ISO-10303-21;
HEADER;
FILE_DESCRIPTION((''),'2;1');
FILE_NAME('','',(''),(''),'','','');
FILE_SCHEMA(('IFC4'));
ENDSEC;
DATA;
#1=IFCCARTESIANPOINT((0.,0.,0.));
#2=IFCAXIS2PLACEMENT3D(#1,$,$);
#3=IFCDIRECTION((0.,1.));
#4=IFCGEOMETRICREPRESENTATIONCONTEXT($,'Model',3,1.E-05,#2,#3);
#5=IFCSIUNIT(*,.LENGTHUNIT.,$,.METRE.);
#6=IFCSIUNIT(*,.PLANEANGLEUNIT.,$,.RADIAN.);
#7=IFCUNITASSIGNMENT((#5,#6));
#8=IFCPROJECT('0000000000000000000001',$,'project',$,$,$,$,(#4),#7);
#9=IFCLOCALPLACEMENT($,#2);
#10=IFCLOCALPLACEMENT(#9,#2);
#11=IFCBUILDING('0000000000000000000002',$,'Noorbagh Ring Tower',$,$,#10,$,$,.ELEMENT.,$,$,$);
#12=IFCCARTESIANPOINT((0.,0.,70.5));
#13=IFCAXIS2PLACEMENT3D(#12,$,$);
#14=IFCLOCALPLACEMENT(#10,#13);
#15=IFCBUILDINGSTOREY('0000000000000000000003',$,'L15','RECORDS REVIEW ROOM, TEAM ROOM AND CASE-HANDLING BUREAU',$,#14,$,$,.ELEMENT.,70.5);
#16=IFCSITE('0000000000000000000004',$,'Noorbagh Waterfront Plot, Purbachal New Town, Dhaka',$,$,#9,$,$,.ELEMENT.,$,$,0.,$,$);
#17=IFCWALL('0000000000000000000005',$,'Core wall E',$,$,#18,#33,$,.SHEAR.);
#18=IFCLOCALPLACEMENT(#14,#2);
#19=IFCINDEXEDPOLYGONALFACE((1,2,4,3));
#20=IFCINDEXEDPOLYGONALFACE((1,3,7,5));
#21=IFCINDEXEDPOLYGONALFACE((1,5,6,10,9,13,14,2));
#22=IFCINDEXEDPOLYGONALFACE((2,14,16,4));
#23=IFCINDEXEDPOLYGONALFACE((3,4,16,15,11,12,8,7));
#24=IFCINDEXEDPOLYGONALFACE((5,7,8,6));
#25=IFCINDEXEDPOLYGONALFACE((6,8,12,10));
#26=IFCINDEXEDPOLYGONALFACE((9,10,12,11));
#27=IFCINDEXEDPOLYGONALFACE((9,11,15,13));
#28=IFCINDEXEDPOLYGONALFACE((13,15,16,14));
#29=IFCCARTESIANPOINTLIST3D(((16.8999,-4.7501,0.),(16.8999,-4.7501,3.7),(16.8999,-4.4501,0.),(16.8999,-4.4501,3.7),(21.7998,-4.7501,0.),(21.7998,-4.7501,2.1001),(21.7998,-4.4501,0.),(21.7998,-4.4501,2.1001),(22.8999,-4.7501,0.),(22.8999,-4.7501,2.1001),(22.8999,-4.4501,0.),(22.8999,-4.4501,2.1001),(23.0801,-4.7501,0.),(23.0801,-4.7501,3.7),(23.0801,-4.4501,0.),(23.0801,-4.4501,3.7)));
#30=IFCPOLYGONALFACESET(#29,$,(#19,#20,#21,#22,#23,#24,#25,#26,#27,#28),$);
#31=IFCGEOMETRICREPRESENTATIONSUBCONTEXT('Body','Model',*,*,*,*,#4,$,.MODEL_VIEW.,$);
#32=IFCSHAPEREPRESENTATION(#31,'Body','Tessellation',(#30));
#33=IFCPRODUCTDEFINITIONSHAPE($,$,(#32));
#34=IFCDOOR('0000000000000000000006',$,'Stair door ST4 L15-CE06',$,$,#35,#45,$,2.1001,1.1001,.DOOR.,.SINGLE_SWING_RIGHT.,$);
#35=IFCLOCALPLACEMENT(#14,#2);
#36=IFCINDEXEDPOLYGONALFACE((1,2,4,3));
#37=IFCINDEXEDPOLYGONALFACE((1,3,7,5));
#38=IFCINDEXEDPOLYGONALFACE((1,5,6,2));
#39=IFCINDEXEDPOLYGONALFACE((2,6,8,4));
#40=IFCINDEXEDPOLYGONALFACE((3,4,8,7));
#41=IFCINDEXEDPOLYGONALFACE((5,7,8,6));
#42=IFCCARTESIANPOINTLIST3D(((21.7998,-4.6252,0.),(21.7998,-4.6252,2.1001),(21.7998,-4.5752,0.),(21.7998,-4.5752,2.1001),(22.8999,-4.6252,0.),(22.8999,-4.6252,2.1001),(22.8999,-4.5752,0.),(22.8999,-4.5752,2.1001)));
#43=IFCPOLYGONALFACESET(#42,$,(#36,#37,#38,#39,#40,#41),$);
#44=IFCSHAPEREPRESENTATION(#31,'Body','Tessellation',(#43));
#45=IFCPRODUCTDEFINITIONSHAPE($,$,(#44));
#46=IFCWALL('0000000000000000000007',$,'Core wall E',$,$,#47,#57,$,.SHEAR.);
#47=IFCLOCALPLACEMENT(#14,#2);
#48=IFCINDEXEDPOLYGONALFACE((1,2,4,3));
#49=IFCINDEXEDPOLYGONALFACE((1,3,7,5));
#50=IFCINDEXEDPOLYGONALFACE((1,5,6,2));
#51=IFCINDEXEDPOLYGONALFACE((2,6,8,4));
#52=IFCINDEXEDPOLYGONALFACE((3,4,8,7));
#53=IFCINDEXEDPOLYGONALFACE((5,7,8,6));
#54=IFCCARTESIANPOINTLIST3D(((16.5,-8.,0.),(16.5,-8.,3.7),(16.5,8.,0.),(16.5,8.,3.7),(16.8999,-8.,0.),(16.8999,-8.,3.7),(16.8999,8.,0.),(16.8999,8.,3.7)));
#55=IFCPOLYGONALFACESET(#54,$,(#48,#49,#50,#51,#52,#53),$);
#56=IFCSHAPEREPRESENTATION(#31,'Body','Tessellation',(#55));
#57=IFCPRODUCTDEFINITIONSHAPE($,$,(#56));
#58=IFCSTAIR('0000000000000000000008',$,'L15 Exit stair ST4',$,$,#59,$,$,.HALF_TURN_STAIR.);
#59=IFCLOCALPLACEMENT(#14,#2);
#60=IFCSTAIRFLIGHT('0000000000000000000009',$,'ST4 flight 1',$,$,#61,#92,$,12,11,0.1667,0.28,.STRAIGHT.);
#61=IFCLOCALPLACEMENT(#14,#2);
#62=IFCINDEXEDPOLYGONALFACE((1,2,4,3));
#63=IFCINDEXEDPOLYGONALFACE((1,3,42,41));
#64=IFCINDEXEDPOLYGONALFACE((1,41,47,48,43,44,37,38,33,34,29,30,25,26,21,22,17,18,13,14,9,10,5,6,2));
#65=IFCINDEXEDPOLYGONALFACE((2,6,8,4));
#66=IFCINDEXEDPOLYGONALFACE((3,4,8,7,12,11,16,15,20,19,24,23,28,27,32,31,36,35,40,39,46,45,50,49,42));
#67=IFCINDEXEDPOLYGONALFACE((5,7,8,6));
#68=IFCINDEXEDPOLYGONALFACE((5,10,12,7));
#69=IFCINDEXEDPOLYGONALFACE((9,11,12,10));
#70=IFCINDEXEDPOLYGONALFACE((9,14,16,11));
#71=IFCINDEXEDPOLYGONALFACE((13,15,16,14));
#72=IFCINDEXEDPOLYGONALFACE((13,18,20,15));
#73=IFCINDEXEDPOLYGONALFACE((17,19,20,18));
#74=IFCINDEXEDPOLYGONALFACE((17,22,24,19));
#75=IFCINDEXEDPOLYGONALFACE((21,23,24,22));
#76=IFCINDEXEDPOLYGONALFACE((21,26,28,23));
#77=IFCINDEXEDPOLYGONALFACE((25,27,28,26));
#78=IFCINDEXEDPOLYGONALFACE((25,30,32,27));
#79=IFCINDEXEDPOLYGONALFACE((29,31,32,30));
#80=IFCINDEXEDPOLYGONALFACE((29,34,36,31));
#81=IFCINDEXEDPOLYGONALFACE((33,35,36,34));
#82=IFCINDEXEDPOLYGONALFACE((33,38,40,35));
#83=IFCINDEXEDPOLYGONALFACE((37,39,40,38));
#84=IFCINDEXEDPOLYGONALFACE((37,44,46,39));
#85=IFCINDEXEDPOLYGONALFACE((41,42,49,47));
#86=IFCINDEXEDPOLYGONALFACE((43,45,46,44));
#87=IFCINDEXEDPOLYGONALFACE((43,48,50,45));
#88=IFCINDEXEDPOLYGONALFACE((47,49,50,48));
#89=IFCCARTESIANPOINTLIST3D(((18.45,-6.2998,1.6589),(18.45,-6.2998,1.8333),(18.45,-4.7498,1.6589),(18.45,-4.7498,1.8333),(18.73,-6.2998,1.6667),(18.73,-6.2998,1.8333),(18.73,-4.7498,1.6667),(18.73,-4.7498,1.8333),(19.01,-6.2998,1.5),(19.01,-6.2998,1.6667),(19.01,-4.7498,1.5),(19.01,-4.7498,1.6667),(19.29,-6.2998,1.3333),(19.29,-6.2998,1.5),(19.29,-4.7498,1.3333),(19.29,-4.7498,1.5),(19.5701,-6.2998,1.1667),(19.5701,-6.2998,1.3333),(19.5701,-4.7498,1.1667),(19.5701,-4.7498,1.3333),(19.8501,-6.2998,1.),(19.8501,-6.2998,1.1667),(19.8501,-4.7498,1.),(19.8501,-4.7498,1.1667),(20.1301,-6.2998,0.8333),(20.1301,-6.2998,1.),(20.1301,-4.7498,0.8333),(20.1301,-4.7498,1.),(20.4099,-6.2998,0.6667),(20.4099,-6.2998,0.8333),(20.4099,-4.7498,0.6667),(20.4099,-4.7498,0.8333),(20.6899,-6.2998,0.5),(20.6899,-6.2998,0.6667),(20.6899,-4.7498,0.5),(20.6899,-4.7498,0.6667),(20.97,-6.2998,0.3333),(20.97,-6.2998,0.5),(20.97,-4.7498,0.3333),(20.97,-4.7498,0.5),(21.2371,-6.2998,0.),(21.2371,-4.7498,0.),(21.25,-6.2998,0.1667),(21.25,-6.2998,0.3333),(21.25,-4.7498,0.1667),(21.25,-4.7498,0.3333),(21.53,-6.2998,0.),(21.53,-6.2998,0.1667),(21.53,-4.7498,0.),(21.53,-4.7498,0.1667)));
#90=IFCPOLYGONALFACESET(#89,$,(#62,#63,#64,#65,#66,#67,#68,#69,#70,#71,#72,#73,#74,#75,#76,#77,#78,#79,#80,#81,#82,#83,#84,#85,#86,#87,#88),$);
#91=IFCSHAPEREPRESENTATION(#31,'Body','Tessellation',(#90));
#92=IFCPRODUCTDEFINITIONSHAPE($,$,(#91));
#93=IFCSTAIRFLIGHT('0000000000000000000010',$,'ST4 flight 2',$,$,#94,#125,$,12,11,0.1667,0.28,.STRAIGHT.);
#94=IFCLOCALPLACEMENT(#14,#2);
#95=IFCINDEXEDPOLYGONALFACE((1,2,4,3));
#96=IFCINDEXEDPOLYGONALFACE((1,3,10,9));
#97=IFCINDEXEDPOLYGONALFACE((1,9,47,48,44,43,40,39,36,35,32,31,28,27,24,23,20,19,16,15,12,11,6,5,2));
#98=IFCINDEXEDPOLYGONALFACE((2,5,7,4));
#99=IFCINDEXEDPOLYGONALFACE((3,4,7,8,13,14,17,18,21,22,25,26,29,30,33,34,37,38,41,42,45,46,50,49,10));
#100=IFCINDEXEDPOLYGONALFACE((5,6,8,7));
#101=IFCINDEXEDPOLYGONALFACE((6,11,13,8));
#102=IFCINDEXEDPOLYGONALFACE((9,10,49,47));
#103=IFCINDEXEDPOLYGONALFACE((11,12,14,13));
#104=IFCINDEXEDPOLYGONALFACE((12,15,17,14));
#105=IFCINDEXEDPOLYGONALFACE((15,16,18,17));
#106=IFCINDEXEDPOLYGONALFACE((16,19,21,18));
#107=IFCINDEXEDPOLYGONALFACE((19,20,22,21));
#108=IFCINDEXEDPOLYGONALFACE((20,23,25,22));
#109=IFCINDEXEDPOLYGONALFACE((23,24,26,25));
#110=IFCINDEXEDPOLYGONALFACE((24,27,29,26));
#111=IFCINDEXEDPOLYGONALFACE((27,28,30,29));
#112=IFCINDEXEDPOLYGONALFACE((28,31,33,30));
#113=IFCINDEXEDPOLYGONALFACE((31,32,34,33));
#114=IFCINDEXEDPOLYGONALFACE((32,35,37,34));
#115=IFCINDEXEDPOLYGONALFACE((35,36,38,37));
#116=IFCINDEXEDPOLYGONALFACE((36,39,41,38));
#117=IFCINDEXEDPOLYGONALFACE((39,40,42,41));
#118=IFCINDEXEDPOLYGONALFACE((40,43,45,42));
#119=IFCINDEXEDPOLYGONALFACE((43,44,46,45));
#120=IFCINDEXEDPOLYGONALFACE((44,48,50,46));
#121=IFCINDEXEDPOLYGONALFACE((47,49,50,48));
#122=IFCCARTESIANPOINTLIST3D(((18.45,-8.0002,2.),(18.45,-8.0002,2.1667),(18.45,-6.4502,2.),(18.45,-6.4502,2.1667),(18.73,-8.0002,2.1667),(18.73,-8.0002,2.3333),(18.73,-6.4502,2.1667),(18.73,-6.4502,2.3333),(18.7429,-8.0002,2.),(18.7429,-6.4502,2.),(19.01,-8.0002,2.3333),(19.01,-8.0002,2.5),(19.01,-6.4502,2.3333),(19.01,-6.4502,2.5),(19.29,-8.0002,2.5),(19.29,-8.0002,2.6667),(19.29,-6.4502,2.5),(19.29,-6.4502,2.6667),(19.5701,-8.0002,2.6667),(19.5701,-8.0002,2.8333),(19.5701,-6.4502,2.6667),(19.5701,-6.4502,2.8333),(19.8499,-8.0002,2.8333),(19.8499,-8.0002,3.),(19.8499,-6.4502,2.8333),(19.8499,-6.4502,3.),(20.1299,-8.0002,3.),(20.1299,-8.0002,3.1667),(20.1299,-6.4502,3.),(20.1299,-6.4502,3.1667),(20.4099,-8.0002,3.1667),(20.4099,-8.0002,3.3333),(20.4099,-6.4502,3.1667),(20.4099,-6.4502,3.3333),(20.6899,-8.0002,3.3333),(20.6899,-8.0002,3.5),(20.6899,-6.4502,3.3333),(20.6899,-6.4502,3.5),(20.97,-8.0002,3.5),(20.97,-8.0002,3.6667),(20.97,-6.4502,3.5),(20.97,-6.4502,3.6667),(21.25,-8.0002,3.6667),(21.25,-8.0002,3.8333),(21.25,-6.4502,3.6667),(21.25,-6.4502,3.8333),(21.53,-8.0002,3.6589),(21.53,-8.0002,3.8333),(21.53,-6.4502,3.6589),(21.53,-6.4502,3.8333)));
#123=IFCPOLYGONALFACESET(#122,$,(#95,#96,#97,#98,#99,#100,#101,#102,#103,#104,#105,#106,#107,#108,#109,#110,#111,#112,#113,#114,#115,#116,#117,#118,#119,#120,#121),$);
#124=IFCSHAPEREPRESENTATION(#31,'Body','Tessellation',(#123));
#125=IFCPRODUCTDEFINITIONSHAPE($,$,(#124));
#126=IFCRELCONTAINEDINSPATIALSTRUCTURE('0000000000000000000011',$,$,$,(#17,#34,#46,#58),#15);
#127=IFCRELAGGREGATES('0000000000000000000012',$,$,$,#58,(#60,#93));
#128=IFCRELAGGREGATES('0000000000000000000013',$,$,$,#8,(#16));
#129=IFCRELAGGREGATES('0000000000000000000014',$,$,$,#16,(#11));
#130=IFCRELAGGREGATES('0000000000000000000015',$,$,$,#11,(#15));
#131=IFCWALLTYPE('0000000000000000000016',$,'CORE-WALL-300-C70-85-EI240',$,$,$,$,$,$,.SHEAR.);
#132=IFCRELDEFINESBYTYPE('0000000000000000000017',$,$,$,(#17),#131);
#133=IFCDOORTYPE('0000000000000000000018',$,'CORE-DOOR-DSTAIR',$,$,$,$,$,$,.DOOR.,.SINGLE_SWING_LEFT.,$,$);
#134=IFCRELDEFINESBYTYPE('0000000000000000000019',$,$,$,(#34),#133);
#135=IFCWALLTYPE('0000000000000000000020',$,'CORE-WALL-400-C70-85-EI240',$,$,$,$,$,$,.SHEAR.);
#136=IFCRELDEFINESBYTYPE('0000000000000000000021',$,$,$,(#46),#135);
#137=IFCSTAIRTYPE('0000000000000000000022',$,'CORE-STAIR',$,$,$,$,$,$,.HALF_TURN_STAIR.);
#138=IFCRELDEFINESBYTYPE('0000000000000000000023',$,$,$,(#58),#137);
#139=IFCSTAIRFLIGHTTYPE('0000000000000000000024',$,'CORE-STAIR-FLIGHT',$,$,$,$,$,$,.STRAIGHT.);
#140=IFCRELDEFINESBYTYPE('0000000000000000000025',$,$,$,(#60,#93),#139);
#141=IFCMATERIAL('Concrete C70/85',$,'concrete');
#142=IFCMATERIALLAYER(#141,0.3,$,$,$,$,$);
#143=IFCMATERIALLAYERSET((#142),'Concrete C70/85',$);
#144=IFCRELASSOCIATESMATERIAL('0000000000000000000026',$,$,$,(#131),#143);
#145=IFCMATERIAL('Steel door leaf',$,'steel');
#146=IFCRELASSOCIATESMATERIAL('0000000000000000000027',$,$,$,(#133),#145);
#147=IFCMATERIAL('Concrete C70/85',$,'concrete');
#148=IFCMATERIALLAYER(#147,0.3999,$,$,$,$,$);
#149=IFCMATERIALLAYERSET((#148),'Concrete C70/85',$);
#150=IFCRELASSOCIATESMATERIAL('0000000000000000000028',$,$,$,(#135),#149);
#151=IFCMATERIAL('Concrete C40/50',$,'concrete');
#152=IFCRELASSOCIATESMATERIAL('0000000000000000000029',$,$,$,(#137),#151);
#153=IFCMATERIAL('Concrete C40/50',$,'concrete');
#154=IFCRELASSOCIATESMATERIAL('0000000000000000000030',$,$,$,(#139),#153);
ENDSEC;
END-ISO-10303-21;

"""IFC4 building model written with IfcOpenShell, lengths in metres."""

from ifc_helpers import new_model, si_unit, direction, frame, frame_2d, origin, place, context, subcontext, project, spatial, polyline, rectangle, outline, extrude, material, layer, layer_set, type_object, element, fill, aggregate, save


model = new_model("IFC4")

# Units and contexts
model_context = context("Model", 3, precision=1e-05, world=origin(), true_north=direction((0.0, 1.0)))
body_context = subcontext(model_context, "Body", "Model", "MODEL_VIEW")
ifc_project = project(units=[si_unit("LENGTHUNIT", "METRE"), si_unit("PLANEANGLEUNIT", "RADIAN")], contexts=[model_context])

# Site, building, storey
site_placement = place(None, origin())
site = spatial("IfcSite", under=ifc_project, at=site_placement, Name="Noorbagh Waterfront Plot, Purbachal New Town, Dhaka", CompositionType="ELEMENT", RefElevation=0.0)
building_placement = place(site_placement, origin())
building = spatial("IfcBuilding", under=site, at=building_placement, Name="Noorbagh Ring Tower", CompositionType="ELEMENT")
storey_placement = place(building_placement, frame((0.0, 0.0, 70.5)))
storey = spatial("IfcBuildingStorey", under=building, at=storey_placement, Name="L15", Description="RECORDS REVIEW ROOM, TEAM ROOM AND CASE-HANDLING BUREAU", CompositionType="ELEMENT", Elevation=70.5)

# Wall, opening, door
ifc_material_1 = material(Name="Concrete C70/85", Category="concrete")
ifc_layer_1 = layer(ifc_material_1, 0.3)
ifc_layer_set_1 = layer_set([ifc_layer_1], Name="Concrete C70/85")
wall_type_1 = type_object("IfcWallType", Name="CORE-WALL-300-C70-85-EI240", PredefinedType="SHEAR", material=ifc_layer_set_1)
wall_1_placement = place(storey_placement, frame((16.8999, -4.6001, 0.0), z_axis=(0.0, 0.0, 1.0), x_axis=(1.0, 0.0, 0.0)))
wall_1 = element("IfcWall", 1, at=wall_1_placement, inside=storey, type_object=wall_type_1, Name="Core wall E", PredefinedType="SHEAR", context=body_context, shape_type="SweptSolid", body=[
    extrude(rectangle(XDim=6.1802, YDim=0.3, at=frame_2d((3.0901, 0.0))), origin(), (0.0, 0.0, 1.0), 3.7),
])
opening_1_placement = place(wall_1_placement, frame((4.8999, 0.0, 0.0)))
opening_1 = element("IfcOpeningElement", 2, at=opening_1_placement, cuts=wall_1, PredefinedType="OPENING", context=body_context, shape_type="SweptSolid", body=[
    extrude(rectangle(XDim=1.1001, YDim=2.1001, at=frame_2d((0.55, 1.05))), frame((0.0, 0.1602, 0.0), z_axis=(0.0, -1.0, 0.0), x_axis=(1.0, 0.0, 0.0)), (0.0, 0.0, 1.0), 0.3201),
])
ifc_material_2 = material(Name="Steel door leaf", Category="steel")
door_type_1 = type_object("IfcDoorType", Name="CORE-DOOR-DSTAIR", OperationType="SINGLE_SWING_LEFT", PredefinedType="DOOR", material=ifc_material_2)
door_1_placement = place(opening_1_placement, origin())
door_1 = element("IfcDoor", 3, at=door_1_placement, inside=storey, type_object=door_type_1, Name="Stair door ST4 L15-CE06", OperationType="SINGLE_SWING_RIGHT", OverallHeight=2.1001, OverallWidth=1.1001, PredefinedType="DOOR", context=body_context, shape_type="SweptSolid", body=[
    extrude(rectangle(XDim=1.1001, YDim=2.1001, at=frame_2d((0.55, 1.05))), frame((0.0, 0.0249, 0.0), z_axis=(0.0, -1.0, 0.0), x_axis=(1.0, 0.0, 0.0)), (0.0, 0.0, 1.0), 0.05),
])
fill(opening_1, door_1)

# Wall
ifc_material_3 = material(Name="Concrete C70/85", Category="concrete")
ifc_layer_2 = layer(ifc_material_3, 0.3999)
ifc_layer_set_2 = layer_set([ifc_layer_2], Name="Concrete C70/85")
wall_type_2 = type_object("IfcWallType", Name="CORE-WALL-400-C70-85-EI240", PredefinedType="SHEAR", material=ifc_layer_set_2)
wall_2_placement = place(storey_placement, frame((16.7, -8.0, 0.0), z_axis=(0.0, 0.0, 1.0), x_axis=(0.0, 1.0, 0.0)))
element("IfcWall", 4, at=wall_2_placement, inside=storey, type_object=wall_type_2, Name="Core wall E", PredefinedType="SHEAR", context=body_context, shape_type="SweptSolid", body=[
    extrude(rectangle(XDim=16.0, YDim=0.3999, at=frame_2d((8.0, 0.0))), origin(), (0.0, 0.0, 1.0), 3.7),
])

# Stair, stair flights
ifc_material_4 = material(Name="Concrete C40/50", Category="concrete")
stair_type = type_object("IfcStairType", Name="CORE-STAIR", PredefinedType="HALF_TURN_STAIR", material=ifc_material_4)
stair_placement = place(storey_placement, origin())
stair = element("IfcStair", 5, at=stair_placement, inside=storey, type_object=stair_type, Name="L15 Exit stair ST4", PredefinedType="HALF_TURN_STAIR")
ifc_material_5 = material(Name="Concrete C40/50", Category="concrete")
stair_flight_type = type_object("IfcStairFlightType", Name="CORE-STAIR-FLIGHT", PredefinedType="STRAIGHT", material=ifc_material_5)
stair_flight_1_placement = place(storey_placement, frame((21.53, -5.5249, 0.0), z_axis=(0.0, 0.0, 1.0), x_axis=(-1.0, 0.0, 0.0)))
stair_flight_1 = element("IfcStairFlight", 6, at=stair_flight_1_placement, type_object=stair_flight_type, Name="ST4 flight 1", NumberOfRisers=12, NumberOfTreads=11, PredefinedType="STRAIGHT", RiserHeight=0.1667, TreadLength=0.28, context=body_context, shape_type="SweptSolid", body=[
    extrude(outline(polyline([(0.0, 0.0), (0.0, 0.1667), (0.28, 0.1667), (0.28, 0.3333), (0.5601, 0.3333), (0.5601, 0.5), (0.8401, 0.5), (0.8401, 0.6667), (1.1201, 0.6667), (1.1201, 0.8333), (1.3999, 0.8333), (1.3999, 1.0), (1.6799, 1.0), (1.6799, 1.1667), (1.96, 1.1667), (1.96, 1.3333), (2.24, 1.3333), (2.24, 1.5), (2.52, 1.5), (2.52, 1.6667), (2.8, 1.6667), (2.8, 1.8333), (3.0801, 1.8333), (3.0801, 2.0), (3.0801, 1.6589), (0.293, 0.0), (0.0, 0.0)])), frame((0.0, 0.7749, 0.0), z_axis=(0.0, -1.0, 0.0), x_axis=(1.0, 0.0, 0.0)), (0.0, 0.0, 1.0), 1.55),
])
stair_flight_2_placement = place(storey_placement, frame((18.45, -7.2251, 2.0), z_axis=(0.0, 0.0, 1.0), x_axis=(1.0, 0.0, 0.0)))
stair_flight_2 = element("IfcStairFlight", 7, at=stair_flight_2_placement, type_object=stair_flight_type, Name="ST4 flight 2", NumberOfRisers=12, NumberOfTreads=11, PredefinedType="STRAIGHT", RiserHeight=0.1667, TreadLength=0.28, context=body_context, shape_type="SweptSolid", body=[
    extrude(outline(polyline([(0.0, 0.0), (0.0, 0.1667), (0.28, 0.1667), (0.28, 0.3333), (0.5601, 0.3333), (0.5601, 0.5), (0.8401, 0.5), (0.8401, 0.6667), (1.1201, 0.6667), (1.1201, 0.8333), (1.3999, 0.8333), (1.3999, 1.0), (1.6799, 1.0), (1.6799, 1.1667), (1.96, 1.1667), (1.96, 1.3333), (2.24, 1.3333), (2.24, 1.5), (2.52, 1.5), (2.52, 1.6667), (2.8, 1.6667), (2.8, 1.8333), (3.0801, 1.8333), (3.0801, 2.0), (3.0801, 1.6589), (0.293, 0.0), (0.0, 0.0)])), frame((0.0, 0.7749, 0.0), z_axis=(0.0, -1.0, 0.0), x_axis=(1.0, 0.0, 0.0)), (0.0, 0.0, 1.0), 1.55),
])
aggregate(stair, [stair_flight_1, stair_flight_2])

save(model, "model.ifc")
